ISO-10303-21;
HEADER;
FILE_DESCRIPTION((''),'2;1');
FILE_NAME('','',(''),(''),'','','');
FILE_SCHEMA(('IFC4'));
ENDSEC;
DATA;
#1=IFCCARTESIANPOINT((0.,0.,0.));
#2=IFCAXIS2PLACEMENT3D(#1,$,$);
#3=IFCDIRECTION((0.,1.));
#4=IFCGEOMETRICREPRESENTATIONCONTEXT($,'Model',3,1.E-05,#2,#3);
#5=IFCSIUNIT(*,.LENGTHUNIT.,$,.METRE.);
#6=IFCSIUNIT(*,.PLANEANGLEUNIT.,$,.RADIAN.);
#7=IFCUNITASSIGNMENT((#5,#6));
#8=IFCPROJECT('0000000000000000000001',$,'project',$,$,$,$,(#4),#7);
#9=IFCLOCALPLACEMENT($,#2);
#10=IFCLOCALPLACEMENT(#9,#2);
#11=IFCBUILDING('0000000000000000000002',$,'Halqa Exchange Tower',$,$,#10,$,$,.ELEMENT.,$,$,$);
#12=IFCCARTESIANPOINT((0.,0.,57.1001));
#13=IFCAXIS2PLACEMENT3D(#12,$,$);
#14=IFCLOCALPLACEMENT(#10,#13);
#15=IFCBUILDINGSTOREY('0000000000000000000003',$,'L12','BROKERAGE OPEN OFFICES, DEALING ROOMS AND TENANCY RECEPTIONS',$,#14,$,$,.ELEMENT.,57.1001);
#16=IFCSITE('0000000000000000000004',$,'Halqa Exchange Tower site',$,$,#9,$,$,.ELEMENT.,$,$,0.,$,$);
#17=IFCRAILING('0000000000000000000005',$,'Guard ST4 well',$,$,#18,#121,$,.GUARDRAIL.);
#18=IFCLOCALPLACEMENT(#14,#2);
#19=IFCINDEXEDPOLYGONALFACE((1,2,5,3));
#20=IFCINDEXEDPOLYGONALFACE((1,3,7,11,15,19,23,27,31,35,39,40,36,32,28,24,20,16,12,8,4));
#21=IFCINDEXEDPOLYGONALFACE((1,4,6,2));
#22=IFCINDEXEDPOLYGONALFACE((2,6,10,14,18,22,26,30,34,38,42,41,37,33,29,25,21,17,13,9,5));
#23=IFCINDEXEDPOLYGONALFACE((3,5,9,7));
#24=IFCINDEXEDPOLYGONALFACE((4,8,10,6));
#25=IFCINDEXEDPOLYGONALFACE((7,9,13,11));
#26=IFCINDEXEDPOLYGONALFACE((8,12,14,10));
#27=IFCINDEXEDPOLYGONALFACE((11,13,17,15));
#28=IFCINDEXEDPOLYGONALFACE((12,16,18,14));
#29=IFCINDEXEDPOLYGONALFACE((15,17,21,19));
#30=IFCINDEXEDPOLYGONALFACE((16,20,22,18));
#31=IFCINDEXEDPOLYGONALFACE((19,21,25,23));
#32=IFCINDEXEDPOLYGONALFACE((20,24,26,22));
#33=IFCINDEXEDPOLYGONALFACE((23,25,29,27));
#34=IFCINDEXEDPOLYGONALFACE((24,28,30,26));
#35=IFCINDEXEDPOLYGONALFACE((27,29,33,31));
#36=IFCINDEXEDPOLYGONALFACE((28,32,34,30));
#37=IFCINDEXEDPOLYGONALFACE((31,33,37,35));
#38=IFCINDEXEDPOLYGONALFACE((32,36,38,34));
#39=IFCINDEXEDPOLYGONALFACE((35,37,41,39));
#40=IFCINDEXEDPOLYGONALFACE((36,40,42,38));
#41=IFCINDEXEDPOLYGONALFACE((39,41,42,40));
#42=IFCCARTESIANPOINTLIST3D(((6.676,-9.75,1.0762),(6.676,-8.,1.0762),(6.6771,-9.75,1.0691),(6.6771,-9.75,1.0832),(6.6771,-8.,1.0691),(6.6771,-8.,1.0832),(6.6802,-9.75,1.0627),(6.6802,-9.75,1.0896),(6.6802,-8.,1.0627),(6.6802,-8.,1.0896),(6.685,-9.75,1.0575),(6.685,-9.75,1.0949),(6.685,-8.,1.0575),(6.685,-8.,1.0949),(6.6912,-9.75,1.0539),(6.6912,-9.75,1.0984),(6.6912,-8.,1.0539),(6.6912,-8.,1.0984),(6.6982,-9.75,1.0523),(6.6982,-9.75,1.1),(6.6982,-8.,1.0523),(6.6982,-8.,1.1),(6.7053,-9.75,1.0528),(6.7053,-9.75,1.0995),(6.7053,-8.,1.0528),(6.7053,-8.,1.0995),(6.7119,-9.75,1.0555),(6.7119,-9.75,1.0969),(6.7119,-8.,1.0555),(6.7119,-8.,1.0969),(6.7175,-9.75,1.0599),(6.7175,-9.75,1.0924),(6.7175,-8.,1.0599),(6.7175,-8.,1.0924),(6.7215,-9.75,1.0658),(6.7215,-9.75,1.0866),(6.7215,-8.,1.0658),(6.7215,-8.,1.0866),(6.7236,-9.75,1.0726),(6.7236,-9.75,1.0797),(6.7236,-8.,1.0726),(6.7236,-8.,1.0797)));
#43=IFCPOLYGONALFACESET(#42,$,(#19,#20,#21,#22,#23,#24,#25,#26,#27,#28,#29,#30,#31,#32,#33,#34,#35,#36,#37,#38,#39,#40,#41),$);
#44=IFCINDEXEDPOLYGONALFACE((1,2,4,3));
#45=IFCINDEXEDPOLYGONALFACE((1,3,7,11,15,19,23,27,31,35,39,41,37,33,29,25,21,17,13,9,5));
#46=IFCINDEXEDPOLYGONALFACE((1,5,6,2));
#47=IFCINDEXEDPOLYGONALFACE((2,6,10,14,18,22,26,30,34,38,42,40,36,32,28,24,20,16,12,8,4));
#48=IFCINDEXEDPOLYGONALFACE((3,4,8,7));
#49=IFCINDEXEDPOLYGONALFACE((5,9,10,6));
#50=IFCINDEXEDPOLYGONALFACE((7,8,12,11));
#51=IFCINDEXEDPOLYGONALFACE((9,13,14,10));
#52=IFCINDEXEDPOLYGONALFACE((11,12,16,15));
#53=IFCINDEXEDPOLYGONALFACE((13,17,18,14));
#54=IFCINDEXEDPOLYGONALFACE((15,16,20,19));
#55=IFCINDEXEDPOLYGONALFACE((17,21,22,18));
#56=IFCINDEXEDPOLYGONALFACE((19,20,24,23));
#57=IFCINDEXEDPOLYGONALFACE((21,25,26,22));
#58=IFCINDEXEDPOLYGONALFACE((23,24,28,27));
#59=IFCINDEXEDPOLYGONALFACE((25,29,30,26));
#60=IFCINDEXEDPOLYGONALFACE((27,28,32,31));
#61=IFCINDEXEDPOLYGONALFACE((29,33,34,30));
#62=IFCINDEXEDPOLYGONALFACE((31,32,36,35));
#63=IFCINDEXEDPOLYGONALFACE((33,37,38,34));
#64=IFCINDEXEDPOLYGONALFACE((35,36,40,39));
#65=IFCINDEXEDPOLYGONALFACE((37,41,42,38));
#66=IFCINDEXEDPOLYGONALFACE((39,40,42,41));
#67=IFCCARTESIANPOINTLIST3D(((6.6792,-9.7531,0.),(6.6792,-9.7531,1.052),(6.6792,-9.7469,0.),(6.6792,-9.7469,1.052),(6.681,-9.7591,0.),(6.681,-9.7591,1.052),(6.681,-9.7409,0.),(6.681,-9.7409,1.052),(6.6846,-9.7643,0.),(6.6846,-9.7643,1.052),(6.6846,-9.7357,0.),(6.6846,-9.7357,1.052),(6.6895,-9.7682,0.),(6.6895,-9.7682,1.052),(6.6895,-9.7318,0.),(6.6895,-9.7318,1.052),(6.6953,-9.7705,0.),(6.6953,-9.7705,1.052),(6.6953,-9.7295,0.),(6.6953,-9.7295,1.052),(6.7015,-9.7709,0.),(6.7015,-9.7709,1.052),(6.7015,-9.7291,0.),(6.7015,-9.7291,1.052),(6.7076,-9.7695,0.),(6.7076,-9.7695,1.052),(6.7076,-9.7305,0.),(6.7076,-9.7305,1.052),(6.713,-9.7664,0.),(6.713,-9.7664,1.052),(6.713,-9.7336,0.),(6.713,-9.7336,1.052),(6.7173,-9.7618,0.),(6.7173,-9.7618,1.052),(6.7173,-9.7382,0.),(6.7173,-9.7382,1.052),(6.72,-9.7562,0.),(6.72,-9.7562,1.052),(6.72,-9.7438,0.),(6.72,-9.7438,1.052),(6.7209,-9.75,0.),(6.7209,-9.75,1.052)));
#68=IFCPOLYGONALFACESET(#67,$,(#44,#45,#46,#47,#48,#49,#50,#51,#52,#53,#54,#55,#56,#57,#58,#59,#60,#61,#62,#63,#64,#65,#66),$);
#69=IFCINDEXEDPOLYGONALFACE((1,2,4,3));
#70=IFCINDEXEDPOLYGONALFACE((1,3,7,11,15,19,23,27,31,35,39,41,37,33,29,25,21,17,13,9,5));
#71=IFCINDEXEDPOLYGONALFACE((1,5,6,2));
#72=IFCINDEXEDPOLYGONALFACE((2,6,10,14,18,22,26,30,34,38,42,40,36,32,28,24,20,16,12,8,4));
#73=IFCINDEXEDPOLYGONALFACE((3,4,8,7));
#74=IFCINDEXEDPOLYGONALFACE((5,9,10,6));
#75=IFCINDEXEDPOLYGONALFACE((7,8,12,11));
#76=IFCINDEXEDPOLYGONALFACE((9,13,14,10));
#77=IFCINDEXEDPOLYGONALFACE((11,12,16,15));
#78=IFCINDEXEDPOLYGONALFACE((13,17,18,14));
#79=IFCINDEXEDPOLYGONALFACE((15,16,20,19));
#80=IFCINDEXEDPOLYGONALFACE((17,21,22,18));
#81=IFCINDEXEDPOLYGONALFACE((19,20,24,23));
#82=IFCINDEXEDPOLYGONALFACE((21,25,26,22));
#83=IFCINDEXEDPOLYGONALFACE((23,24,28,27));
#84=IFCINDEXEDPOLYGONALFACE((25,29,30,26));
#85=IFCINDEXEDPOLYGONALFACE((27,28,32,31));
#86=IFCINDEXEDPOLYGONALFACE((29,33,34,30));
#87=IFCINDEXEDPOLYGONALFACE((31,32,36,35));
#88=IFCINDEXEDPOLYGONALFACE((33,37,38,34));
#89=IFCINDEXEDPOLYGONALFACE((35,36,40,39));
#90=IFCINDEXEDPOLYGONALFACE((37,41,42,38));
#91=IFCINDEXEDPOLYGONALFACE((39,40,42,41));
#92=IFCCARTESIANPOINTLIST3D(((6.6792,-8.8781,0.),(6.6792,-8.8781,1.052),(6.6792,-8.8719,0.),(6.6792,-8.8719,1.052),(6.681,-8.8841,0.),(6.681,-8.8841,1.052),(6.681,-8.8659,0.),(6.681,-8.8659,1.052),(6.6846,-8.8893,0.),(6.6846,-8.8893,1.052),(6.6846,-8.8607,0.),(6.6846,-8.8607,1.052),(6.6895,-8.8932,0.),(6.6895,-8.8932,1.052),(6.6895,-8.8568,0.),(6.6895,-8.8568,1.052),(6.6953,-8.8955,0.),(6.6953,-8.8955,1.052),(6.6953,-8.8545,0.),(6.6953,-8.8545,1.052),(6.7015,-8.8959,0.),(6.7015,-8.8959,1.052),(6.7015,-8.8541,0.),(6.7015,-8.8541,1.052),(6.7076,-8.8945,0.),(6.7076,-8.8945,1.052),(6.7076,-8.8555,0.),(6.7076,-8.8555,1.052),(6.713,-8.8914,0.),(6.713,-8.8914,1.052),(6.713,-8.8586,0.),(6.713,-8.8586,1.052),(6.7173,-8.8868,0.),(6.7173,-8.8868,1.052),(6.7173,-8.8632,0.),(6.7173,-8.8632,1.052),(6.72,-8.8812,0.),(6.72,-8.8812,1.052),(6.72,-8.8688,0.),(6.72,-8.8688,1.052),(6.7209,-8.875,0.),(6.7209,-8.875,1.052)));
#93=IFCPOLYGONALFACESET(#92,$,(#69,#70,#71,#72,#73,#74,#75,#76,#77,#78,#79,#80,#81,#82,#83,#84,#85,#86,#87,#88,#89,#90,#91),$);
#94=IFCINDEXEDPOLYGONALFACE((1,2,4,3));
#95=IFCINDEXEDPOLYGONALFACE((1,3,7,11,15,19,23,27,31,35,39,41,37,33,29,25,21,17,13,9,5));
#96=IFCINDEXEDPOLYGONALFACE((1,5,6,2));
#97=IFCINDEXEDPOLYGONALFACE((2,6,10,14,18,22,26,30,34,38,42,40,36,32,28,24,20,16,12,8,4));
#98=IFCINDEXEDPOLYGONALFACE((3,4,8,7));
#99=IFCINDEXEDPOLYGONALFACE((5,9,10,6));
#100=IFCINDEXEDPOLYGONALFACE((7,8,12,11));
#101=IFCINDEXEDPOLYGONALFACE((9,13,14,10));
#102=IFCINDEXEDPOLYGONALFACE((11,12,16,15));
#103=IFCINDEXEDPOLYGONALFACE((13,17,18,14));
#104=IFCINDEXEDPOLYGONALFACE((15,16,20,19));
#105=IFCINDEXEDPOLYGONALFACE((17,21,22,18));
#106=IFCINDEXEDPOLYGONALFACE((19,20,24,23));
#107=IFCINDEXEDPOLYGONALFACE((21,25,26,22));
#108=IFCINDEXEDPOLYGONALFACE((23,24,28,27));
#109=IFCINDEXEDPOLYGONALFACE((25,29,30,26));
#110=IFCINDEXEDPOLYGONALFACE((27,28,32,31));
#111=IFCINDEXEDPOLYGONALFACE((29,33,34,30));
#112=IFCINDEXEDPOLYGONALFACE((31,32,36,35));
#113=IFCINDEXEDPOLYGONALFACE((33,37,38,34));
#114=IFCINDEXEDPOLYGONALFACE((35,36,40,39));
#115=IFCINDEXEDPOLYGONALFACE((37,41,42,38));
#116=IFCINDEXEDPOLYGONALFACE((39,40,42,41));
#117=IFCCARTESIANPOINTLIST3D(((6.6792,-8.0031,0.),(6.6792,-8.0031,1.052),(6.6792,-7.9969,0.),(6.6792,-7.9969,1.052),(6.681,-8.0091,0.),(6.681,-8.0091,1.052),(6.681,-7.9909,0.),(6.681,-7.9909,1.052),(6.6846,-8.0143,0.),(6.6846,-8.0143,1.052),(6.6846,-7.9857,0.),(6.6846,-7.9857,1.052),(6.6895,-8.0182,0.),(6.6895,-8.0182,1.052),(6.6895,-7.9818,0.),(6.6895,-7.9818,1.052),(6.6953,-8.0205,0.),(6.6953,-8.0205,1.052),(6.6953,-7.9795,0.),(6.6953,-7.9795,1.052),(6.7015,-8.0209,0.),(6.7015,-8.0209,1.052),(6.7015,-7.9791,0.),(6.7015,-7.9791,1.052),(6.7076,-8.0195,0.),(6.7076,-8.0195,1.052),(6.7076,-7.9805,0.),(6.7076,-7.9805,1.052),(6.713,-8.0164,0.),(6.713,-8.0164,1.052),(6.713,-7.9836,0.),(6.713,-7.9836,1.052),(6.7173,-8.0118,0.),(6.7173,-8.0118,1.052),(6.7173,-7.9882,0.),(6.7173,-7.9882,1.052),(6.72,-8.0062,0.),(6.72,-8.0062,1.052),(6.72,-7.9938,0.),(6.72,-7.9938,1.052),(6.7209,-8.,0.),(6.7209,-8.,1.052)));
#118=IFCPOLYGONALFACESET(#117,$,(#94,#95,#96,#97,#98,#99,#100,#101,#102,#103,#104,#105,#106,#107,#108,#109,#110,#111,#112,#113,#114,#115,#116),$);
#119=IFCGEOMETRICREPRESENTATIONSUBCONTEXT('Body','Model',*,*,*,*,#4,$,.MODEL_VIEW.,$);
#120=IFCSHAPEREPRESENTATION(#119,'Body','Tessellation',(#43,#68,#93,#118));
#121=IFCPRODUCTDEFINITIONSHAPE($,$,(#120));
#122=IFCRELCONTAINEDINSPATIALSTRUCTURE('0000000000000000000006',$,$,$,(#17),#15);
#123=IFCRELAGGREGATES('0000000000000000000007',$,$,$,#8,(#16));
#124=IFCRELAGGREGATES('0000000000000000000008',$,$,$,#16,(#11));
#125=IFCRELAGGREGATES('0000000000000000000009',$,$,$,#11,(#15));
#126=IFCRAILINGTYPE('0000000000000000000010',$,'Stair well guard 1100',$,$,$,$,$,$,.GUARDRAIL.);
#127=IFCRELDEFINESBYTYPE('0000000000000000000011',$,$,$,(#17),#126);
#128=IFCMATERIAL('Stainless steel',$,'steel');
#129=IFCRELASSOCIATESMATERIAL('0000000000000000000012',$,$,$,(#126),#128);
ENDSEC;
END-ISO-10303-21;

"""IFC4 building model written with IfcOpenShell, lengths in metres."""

from ifc_helpers import new_model, si_unit, direction, frame, origin, origin_2d, place, context, subcontext, project, spatial, circle, extrude, material, type_object, element, save


model = new_model("IFC4")

# Units and contexts
model_context = context("Model", 3, precision=1e-05, world=origin(), true_north=direction((0.0, 1.0)))
body_context = subcontext(model_context, "Body", "Model", "MODEL_VIEW")
ifc_project = project(units=[si_unit("LENGTHUNIT", "METRE"), si_unit("PLANEANGLEUNIT", "RADIAN")], contexts=[model_context])

# Site, building, storey
site_placement = place(None, origin())
site = spatial("IfcSite", under=ifc_project, at=site_placement, Name="Halqa Exchange Tower site", CompositionType="ELEMENT", RefElevation=0.0)
building_placement = place(site_placement, origin())
building = spatial("IfcBuilding", under=site, at=building_placement, Name="Halqa Exchange Tower", CompositionType="ELEMENT")
storey_placement = place(building_placement, frame((0.0, 0.0, 57.1001)))
storey = spatial("IfcBuildingStorey", under=building, at=storey_placement, Name="L12", Description="BROKERAGE OPEN OFFICES, DEALING ROOMS AND TENANCY RECEPTIONS", CompositionType="ELEMENT", Elevation=57.1001)

# Railing
ifc_material_1 = material(Name="Stainless steel", Category="steel")
railing_type_1 = type_object("IfcRailingType", Name="Stair well guard 1100", PredefinedType="GUARDRAIL", material=ifc_material_1)
railing_1_placement = place(storey_placement, frame((6.7, -9.75, 0.0)))
element("IfcRailing", 1, at=railing_1_placement, inside=storey, type_object=railing_type_1, Name="Guard ST4 well", PredefinedType="GUARDRAIL", context=body_context, shape_type="SweptSolid", body=[
    extrude(circle(Radius=0.0239, at=origin_2d()), frame((0.0, 0.0, 1.0762), z_axis=(0.0, 1.0, 0.0), x_axis=(-1.0, 0.0, 0.0)), (0.0, 0.0, 1.0), 1.75),
    extrude(circle(Radius=0.021, at=origin_2d()), origin(), (0.0, 0.0, 1.0), 1.052),
    extrude(circle(Radius=0.021, at=origin_2d()), frame((0.0, 0.875, 0.0)), (0.0, 0.0, 1.0), 1.052),
    extrude(circle(Radius=0.021, at=origin_2d()), frame((0.0, 1.75, 0.0)), (0.0, 0.0, 1.0), 1.052),
])

save(model, "model.ifc")
